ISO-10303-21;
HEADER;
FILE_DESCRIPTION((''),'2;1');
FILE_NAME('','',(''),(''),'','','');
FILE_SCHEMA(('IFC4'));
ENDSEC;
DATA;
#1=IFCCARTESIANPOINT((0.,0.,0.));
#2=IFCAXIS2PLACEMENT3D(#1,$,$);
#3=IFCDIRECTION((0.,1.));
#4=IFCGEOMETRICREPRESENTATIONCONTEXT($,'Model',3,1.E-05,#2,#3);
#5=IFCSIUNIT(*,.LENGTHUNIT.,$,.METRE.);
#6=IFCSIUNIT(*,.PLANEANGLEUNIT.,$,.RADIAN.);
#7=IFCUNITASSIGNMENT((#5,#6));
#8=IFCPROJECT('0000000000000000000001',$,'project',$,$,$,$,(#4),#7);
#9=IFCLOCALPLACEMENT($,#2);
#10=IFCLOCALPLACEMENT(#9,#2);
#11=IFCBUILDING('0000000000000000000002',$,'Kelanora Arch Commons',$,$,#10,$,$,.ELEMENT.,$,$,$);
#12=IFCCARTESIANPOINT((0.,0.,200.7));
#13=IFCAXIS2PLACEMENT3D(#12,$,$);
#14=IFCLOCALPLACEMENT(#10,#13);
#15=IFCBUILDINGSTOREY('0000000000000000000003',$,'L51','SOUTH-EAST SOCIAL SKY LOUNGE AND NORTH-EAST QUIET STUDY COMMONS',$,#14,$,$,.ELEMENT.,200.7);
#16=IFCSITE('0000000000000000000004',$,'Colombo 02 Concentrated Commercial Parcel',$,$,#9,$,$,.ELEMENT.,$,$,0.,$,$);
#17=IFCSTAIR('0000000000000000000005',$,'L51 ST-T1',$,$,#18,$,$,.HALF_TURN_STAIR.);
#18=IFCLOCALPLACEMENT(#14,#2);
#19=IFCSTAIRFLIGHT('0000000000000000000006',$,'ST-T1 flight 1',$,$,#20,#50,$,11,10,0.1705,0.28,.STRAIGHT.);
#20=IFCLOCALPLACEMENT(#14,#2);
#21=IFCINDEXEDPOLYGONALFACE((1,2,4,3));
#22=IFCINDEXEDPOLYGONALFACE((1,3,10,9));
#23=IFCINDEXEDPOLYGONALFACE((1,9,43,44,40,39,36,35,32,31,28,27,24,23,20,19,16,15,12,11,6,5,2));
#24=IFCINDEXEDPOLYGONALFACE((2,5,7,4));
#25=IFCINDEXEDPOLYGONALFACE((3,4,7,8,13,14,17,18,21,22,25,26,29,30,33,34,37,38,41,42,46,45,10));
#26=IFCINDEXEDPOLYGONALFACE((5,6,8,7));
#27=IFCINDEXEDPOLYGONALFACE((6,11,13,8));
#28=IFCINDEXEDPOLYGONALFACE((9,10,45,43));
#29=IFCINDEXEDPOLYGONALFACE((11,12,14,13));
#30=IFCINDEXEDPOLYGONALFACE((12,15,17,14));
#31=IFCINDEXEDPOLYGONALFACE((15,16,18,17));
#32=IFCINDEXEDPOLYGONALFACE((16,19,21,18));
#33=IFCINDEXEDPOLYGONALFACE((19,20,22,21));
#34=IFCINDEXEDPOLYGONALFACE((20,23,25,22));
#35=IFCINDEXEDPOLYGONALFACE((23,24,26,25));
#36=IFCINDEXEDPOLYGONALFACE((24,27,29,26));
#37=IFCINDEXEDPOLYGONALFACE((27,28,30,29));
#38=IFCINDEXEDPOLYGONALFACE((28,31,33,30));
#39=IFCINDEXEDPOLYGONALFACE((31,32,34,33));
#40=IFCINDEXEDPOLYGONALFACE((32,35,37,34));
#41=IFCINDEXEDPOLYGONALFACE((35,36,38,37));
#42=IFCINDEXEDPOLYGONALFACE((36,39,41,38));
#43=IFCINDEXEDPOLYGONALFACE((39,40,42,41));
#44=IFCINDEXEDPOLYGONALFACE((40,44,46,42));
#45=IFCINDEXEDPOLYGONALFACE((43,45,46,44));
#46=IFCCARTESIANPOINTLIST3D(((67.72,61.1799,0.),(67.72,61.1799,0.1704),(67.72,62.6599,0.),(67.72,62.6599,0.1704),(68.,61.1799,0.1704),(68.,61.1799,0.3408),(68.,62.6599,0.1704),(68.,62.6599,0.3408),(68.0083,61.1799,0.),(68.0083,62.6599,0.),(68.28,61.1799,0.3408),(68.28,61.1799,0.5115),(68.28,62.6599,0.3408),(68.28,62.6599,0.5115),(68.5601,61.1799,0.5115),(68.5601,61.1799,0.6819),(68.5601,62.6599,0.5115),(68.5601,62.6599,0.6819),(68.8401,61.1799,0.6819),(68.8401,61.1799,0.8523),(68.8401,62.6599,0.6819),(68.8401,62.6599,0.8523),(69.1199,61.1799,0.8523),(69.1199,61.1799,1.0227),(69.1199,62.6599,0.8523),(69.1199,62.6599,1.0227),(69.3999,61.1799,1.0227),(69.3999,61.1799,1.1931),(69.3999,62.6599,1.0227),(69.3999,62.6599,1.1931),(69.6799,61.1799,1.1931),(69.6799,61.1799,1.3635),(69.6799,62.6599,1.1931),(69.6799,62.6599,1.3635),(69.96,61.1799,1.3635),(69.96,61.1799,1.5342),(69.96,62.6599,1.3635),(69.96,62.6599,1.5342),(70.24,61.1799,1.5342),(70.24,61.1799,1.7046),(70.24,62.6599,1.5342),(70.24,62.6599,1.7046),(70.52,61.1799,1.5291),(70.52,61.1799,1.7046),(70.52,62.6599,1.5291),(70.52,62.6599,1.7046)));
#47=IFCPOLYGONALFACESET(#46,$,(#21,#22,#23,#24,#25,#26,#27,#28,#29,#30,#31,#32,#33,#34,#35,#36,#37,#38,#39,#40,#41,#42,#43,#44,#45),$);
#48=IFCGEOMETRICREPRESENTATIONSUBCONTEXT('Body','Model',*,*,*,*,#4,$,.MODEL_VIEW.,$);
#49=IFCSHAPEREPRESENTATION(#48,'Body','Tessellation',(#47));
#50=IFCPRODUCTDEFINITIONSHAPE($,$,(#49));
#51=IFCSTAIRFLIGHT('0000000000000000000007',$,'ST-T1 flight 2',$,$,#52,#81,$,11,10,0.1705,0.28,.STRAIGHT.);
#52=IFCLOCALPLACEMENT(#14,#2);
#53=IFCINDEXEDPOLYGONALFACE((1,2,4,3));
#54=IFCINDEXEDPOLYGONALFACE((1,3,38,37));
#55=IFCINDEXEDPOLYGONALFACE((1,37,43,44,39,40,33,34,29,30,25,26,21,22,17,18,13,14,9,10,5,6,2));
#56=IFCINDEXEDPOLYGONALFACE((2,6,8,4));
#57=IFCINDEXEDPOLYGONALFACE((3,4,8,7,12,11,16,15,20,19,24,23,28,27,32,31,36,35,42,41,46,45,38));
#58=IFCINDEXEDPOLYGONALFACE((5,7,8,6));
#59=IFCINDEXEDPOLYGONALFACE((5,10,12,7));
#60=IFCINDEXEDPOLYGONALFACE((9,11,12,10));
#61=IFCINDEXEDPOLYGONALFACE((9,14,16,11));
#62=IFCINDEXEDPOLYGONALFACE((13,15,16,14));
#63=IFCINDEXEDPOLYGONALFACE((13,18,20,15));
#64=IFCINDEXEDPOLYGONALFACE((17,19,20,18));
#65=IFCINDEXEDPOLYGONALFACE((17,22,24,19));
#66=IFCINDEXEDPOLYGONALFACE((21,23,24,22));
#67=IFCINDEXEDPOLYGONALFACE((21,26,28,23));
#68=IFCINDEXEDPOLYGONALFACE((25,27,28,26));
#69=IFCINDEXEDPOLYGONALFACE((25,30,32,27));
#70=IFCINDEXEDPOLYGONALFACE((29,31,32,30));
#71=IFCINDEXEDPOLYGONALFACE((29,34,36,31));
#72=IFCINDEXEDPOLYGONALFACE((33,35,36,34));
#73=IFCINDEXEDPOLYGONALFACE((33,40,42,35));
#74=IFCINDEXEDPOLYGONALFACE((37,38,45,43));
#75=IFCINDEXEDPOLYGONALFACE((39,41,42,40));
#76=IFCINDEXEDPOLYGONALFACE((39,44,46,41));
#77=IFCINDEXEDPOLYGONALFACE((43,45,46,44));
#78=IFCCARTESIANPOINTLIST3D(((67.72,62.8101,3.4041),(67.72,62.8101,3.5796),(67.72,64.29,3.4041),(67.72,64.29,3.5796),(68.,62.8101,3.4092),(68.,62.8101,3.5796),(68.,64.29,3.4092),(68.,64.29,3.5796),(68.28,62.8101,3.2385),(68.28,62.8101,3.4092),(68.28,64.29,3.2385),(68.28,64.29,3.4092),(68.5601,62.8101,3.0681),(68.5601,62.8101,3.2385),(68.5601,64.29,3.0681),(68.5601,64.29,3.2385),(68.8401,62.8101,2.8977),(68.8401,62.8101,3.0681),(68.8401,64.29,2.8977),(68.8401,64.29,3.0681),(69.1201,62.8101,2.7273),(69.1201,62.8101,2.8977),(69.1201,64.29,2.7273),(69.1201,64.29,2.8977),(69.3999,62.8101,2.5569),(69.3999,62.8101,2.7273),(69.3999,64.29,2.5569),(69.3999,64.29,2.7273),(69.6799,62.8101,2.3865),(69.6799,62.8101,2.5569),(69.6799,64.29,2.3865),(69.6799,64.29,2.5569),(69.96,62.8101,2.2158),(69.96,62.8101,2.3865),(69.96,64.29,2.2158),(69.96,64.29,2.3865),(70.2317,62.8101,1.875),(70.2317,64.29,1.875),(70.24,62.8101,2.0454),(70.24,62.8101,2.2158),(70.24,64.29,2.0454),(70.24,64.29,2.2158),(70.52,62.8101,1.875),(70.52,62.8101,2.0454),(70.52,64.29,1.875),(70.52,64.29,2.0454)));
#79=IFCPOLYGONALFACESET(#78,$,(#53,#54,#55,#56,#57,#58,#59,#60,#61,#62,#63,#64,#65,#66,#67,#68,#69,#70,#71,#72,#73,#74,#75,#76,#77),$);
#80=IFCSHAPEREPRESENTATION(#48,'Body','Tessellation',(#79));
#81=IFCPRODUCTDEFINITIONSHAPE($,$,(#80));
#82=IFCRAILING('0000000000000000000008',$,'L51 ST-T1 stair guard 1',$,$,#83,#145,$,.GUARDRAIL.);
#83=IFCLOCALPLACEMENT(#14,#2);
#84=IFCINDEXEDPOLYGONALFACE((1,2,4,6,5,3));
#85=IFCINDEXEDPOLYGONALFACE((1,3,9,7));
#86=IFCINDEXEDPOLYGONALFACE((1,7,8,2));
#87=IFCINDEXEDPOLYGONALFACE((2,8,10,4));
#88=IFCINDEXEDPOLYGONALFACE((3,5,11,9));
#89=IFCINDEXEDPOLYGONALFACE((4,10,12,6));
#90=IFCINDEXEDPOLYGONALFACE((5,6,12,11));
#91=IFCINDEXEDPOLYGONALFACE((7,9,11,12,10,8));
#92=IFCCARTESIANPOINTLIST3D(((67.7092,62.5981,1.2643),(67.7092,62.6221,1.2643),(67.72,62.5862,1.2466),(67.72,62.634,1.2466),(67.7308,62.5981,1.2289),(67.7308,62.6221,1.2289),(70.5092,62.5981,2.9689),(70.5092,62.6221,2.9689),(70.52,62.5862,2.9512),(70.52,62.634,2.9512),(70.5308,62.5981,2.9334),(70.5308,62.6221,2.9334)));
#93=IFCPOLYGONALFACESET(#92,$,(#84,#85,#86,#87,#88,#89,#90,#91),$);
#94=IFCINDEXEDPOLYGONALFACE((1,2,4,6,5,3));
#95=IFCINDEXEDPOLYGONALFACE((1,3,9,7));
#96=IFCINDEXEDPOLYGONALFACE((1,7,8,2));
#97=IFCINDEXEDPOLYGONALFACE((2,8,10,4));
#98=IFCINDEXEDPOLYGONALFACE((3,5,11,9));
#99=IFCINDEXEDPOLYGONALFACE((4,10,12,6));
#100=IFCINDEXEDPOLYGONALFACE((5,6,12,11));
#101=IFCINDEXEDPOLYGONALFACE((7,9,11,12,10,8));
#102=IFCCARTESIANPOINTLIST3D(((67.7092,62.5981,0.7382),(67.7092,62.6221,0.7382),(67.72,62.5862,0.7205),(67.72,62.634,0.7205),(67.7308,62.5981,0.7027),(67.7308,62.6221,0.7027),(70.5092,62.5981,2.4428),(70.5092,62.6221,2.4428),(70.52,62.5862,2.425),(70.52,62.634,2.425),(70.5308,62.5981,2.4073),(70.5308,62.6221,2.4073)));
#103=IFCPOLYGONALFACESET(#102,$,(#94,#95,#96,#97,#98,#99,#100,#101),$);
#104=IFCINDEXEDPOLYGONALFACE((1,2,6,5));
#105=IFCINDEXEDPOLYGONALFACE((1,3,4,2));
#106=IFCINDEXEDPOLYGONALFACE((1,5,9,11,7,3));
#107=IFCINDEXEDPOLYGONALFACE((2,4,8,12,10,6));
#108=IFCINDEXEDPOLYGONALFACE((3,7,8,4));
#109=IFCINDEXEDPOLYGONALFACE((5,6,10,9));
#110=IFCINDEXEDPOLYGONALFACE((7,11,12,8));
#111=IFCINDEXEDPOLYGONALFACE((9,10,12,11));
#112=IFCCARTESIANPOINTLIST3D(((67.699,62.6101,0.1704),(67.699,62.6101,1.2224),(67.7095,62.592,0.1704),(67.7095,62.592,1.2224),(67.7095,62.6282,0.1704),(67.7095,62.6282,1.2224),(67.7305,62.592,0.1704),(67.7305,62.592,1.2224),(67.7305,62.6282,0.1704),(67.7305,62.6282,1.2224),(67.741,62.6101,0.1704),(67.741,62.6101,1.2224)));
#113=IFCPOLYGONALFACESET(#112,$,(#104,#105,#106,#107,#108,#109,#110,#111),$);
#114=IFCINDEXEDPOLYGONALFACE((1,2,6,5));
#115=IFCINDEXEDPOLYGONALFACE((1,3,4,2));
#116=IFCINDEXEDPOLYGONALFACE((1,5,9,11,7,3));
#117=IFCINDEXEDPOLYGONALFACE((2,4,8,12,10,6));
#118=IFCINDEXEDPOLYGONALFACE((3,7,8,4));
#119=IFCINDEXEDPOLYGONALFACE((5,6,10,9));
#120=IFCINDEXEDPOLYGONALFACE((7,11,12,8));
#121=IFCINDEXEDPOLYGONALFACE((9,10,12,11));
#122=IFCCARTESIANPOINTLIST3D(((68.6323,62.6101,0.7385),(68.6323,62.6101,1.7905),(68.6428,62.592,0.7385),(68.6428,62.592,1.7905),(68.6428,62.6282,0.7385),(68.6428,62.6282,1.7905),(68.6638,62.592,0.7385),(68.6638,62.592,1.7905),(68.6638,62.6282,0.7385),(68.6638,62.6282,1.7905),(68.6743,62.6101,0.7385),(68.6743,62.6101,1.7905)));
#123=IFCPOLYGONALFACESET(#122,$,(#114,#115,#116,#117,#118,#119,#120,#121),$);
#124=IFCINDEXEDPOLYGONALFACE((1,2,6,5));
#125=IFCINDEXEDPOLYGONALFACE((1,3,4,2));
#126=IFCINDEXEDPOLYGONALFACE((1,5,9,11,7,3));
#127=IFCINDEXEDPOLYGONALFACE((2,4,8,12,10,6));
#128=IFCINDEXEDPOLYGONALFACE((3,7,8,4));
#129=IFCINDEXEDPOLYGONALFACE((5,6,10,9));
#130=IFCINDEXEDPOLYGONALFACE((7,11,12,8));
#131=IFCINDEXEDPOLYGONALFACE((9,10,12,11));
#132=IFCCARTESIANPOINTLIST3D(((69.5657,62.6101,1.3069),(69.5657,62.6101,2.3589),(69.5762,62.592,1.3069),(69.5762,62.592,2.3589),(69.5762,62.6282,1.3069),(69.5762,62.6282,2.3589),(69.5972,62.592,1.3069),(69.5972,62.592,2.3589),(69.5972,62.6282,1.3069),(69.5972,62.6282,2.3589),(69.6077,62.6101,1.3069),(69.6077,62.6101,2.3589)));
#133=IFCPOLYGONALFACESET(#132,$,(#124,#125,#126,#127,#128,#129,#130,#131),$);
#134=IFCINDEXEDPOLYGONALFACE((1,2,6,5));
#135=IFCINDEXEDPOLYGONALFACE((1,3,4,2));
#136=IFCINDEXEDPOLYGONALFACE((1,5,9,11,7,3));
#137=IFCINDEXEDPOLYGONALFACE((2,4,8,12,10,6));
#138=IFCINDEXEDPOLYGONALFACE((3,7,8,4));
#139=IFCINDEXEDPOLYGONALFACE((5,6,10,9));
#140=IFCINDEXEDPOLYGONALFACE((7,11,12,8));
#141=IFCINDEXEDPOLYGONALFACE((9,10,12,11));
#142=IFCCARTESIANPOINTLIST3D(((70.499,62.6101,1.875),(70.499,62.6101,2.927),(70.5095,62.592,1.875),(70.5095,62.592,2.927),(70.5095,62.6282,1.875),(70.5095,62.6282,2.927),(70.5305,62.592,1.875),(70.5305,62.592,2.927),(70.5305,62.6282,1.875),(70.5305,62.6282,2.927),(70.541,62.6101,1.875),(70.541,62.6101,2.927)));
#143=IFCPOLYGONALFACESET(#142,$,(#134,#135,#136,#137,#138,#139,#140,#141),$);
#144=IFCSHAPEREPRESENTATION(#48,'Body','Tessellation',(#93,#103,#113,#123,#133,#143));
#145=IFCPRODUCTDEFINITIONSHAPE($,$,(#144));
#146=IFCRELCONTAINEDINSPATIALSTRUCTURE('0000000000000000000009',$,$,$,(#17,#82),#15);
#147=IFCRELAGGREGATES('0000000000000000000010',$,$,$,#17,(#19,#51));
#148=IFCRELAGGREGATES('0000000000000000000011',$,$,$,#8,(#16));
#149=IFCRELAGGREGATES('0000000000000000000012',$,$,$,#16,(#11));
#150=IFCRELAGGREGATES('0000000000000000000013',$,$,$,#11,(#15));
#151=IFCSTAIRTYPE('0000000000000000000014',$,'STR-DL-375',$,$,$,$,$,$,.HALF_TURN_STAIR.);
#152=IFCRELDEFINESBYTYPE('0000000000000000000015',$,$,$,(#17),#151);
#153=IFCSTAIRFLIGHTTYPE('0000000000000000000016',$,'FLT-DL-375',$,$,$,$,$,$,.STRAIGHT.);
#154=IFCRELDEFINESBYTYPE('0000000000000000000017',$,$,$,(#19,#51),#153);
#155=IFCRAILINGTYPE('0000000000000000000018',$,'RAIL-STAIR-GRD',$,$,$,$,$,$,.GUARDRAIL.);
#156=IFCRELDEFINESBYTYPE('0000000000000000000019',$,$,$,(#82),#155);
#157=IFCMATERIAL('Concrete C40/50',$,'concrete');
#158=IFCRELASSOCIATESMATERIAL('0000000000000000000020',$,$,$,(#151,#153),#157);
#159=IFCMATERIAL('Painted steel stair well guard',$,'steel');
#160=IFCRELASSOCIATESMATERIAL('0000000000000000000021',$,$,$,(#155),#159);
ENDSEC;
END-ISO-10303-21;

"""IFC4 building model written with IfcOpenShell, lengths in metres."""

from ifc_helpers import new_model, si_unit, direction, frame, origin, place, context, subcontext, project, spatial, polyline, outline, extrude, material, type_object, element, aggregate, save


model = new_model("IFC4")

# Units and contexts
model_context = context("Model", 3, precision=1e-05, world=origin(), true_north=direction((0.0, 1.0)))
body_context = subcontext(model_context, "Body", "Model", "MODEL_VIEW")
ifc_project = project(units=[si_unit("LENGTHUNIT", "METRE"), si_unit("PLANEANGLEUNIT", "RADIAN")], contexts=[model_context])

# Site, building, storey
site_placement = place(None, origin())
site = spatial("IfcSite", under=ifc_project, at=site_placement, Name="Colombo 02 Concentrated Commercial Parcel", CompositionType="ELEMENT", RefElevation=0.0)
building_placement = place(site_placement, origin())
building = spatial("IfcBuilding", under=site, at=building_placement, Name="Kelanora Arch Commons", CompositionType="ELEMENT")
storey_placement = place(building_placement, frame((0.0, 0.0, 200.7)))
storey = spatial("IfcBuildingStorey", under=building, at=storey_placement, Name="L51", Description="SOUTH-EAST SOCIAL SKY LOUNGE AND NORTH-EAST QUIET STUDY COMMONS", CompositionType="ELEMENT", Elevation=200.7)

# Shared definitions
ifc_material_1 = material(Name="Concrete C40/50", Category="concrete")

# Stair, stair flights
stair_type = type_object("IfcStairType", Name="STR-DL-375", PredefinedType="HALF_TURN_STAIR", material=ifc_material_1)
stair_placement = place(storey_placement, origin())
stair = element("IfcStair", 1, at=stair_placement, inside=storey, type_object=stair_type, Name="L51 ST-T1", PredefinedType="HALF_TURN_STAIR")
stair_flight_type = type_object("IfcStairFlightType", Name="FLT-DL-375", PredefinedType="STRAIGHT", material=ifc_material_1)
stair_flight_1_placement = place(storey_placement, frame((67.72, 61.9199, 0.0), z_axis=(0.0, 0.0, 1.0), x_axis=(1.0, 0.0, 0.0)))
stair_flight_1 = element("IfcStairFlight", 2, at=stair_flight_1_placement, type_object=stair_flight_type, Name="ST-T1 flight 1", NumberOfRisers=11, NumberOfTreads=10, PredefinedType="STRAIGHT", RiserHeight=0.1705, TreadLength=0.28, context=body_context, shape_type="SweptSolid", body=[
    extrude(outline(polyline([(0.0, 0.0), (0.0, 0.1704), (0.28, 0.1704), (0.28, 0.3408), (0.5601, 0.3408), (0.5601, 0.5115), (0.8401, 0.5115), (0.8401, 0.6819), (1.1201, 0.6819), (1.1201, 0.8523), (1.3999, 0.8523), (1.3999, 1.0227), (1.6799, 1.0227), (1.6799, 1.1931), (1.96, 1.1931), (1.96, 1.3635), (2.24, 1.3635), (2.24, 1.5342), (2.52, 1.5342), (2.52, 1.7046), (2.8, 1.7046), (2.8, 1.875), (2.8, 1.5291), (0.2883, 0.0), (0.0, 0.0)])), frame((0.0, 0.74, 0.0), z_axis=(0.0, -1.0, 0.0), x_axis=(1.0, 0.0, 0.0)), (0.0, 0.0, 1.0), 1.48),
])
stair_flight_2_placement = place(storey_placement, frame((70.52, 63.55, 1.875), z_axis=(0.0, 0.0, 1.0), x_axis=(-1.0, 0.0, 0.0)))
stair_flight_2 = element("IfcStairFlight", 3, at=stair_flight_2_placement, type_object=stair_flight_type, Name="ST-T1 flight 2", NumberOfRisers=11, NumberOfTreads=10, PredefinedType="STRAIGHT", RiserHeight=0.1705, TreadLength=0.28, context=body_context, shape_type="SweptSolid", body=[
    extrude(outline(polyline([(0.0, 0.0), (0.0, 0.1704), (0.28, 0.1704), (0.28, 0.3408), (0.5601, 0.3408), (0.5601, 0.5115), (0.8401, 0.5115), (0.8401, 0.6819), (1.1201, 0.6819), (1.1201, 0.8523), (1.3999, 0.8523), (1.3999, 1.0227), (1.6799, 1.0227), (1.6799, 1.1931), (1.96, 1.1931), (1.96, 1.3635), (2.24, 1.3635), (2.24, 1.5342), (2.52, 1.5342), (2.52, 1.7046), (2.8, 1.7046), (2.8, 1.875), (2.8, 1.5291), (0.2883, 0.0), (0.0, 0.0)])), frame((0.0, 0.74, 0.0), z_axis=(0.0, -1.0, 0.0), x_axis=(1.0, 0.0, 0.0)), (0.0, 0.0, 1.0), 1.48),
])
aggregate(stair, [stair_flight_1, stair_flight_2])

# Railing
ifc_material_2 = material(Name="Painted steel stair well guard", Category="steel")
railing_type_1 = type_object("IfcRailingType", Name="RAIL-STAIR-GRD", PredefinedType="GUARDRAIL", material=ifc_material_2)
railing_1_placement = place(storey_placement, frame((67.72, 62.6101, 0.1704)))
element("IfcRailing", 4, at=railing_1_placement, inside=storey, type_object=railing_type_1, Name="L51 ST-T1 stair guard 1", PredefinedType="GUARDRAIL", context=body_context, shape_type="SweptSolid", body=[
    extrude(outline(polyline([(0.0239, 0.0), (0.012, 0.0208), (-0.012, 0.0208), (-0.0239, 0.0), (-0.012, -0.0208), (0.012, -0.0208), (0.0239, 0.0)])), frame((0.0, 0.0, 1.0762), z_axis=(0.85417, 0.0, 0.519994), x_axis=(0.0, 1.0, 0.0)), (0.0, 0.0, 1.0), 3.2781),
    extrude(outline(polyline([(0.0239, 0.0), (0.012, 0.0208), (-0.012, 0.0208), (-0.0239, 0.0), (-0.012, -0.0208), (0.012, -0.0208), (0.0239, 0.0)])), frame((0.0, 0.0, 0.55), z_axis=(0.85417, 0.0, 0.519994), x_axis=(0.0, 1.0, 0.0)), (0.0, 0.0, 1.0), 3.2781),
    extrude(outline(polyline([(0.021, 0.0), (0.0105, 0.0181), (-0.0105, 0.0181), (-0.021, 0.0), (-0.0105, -0.0181), (0.0105, -0.0181), (0.021, 0.0)])), origin(), (0.0, 0.0, 1.0), 1.052),
    extrude(outline(polyline([(0.021, 0.0), (0.0105, 0.0181), (-0.0105, 0.0181), (-0.021, 0.0), (-0.0105, -0.0181), (0.0105, -0.0181), (0.021, 0.0)])), frame((0.9333, 0.0, 0.5681)), (0.0, 0.0, 1.0), 1.052),
    extrude(outline(polyline([(0.021, 0.0), (0.0105, 0.0181), (-0.0105, 0.0181), (-0.021, 0.0), (-0.0105, -0.0181), (0.0105, -0.0181), (0.021, 0.0)])), frame((1.8667, 0.0, 1.1365)), (0.0, 0.0, 1.0), 1.052),
    extrude(outline(polyline([(0.021, 0.0), (0.0105, 0.0181), (-0.0105, 0.0181), (-0.021, 0.0), (-0.0105, -0.0181), (0.0105, -0.0181), (0.021, 0.0)])), frame((2.8, 0.0, 1.7046)), (0.0, 0.0, 1.0), 1.052),
])

save(model, "model.ifc")
